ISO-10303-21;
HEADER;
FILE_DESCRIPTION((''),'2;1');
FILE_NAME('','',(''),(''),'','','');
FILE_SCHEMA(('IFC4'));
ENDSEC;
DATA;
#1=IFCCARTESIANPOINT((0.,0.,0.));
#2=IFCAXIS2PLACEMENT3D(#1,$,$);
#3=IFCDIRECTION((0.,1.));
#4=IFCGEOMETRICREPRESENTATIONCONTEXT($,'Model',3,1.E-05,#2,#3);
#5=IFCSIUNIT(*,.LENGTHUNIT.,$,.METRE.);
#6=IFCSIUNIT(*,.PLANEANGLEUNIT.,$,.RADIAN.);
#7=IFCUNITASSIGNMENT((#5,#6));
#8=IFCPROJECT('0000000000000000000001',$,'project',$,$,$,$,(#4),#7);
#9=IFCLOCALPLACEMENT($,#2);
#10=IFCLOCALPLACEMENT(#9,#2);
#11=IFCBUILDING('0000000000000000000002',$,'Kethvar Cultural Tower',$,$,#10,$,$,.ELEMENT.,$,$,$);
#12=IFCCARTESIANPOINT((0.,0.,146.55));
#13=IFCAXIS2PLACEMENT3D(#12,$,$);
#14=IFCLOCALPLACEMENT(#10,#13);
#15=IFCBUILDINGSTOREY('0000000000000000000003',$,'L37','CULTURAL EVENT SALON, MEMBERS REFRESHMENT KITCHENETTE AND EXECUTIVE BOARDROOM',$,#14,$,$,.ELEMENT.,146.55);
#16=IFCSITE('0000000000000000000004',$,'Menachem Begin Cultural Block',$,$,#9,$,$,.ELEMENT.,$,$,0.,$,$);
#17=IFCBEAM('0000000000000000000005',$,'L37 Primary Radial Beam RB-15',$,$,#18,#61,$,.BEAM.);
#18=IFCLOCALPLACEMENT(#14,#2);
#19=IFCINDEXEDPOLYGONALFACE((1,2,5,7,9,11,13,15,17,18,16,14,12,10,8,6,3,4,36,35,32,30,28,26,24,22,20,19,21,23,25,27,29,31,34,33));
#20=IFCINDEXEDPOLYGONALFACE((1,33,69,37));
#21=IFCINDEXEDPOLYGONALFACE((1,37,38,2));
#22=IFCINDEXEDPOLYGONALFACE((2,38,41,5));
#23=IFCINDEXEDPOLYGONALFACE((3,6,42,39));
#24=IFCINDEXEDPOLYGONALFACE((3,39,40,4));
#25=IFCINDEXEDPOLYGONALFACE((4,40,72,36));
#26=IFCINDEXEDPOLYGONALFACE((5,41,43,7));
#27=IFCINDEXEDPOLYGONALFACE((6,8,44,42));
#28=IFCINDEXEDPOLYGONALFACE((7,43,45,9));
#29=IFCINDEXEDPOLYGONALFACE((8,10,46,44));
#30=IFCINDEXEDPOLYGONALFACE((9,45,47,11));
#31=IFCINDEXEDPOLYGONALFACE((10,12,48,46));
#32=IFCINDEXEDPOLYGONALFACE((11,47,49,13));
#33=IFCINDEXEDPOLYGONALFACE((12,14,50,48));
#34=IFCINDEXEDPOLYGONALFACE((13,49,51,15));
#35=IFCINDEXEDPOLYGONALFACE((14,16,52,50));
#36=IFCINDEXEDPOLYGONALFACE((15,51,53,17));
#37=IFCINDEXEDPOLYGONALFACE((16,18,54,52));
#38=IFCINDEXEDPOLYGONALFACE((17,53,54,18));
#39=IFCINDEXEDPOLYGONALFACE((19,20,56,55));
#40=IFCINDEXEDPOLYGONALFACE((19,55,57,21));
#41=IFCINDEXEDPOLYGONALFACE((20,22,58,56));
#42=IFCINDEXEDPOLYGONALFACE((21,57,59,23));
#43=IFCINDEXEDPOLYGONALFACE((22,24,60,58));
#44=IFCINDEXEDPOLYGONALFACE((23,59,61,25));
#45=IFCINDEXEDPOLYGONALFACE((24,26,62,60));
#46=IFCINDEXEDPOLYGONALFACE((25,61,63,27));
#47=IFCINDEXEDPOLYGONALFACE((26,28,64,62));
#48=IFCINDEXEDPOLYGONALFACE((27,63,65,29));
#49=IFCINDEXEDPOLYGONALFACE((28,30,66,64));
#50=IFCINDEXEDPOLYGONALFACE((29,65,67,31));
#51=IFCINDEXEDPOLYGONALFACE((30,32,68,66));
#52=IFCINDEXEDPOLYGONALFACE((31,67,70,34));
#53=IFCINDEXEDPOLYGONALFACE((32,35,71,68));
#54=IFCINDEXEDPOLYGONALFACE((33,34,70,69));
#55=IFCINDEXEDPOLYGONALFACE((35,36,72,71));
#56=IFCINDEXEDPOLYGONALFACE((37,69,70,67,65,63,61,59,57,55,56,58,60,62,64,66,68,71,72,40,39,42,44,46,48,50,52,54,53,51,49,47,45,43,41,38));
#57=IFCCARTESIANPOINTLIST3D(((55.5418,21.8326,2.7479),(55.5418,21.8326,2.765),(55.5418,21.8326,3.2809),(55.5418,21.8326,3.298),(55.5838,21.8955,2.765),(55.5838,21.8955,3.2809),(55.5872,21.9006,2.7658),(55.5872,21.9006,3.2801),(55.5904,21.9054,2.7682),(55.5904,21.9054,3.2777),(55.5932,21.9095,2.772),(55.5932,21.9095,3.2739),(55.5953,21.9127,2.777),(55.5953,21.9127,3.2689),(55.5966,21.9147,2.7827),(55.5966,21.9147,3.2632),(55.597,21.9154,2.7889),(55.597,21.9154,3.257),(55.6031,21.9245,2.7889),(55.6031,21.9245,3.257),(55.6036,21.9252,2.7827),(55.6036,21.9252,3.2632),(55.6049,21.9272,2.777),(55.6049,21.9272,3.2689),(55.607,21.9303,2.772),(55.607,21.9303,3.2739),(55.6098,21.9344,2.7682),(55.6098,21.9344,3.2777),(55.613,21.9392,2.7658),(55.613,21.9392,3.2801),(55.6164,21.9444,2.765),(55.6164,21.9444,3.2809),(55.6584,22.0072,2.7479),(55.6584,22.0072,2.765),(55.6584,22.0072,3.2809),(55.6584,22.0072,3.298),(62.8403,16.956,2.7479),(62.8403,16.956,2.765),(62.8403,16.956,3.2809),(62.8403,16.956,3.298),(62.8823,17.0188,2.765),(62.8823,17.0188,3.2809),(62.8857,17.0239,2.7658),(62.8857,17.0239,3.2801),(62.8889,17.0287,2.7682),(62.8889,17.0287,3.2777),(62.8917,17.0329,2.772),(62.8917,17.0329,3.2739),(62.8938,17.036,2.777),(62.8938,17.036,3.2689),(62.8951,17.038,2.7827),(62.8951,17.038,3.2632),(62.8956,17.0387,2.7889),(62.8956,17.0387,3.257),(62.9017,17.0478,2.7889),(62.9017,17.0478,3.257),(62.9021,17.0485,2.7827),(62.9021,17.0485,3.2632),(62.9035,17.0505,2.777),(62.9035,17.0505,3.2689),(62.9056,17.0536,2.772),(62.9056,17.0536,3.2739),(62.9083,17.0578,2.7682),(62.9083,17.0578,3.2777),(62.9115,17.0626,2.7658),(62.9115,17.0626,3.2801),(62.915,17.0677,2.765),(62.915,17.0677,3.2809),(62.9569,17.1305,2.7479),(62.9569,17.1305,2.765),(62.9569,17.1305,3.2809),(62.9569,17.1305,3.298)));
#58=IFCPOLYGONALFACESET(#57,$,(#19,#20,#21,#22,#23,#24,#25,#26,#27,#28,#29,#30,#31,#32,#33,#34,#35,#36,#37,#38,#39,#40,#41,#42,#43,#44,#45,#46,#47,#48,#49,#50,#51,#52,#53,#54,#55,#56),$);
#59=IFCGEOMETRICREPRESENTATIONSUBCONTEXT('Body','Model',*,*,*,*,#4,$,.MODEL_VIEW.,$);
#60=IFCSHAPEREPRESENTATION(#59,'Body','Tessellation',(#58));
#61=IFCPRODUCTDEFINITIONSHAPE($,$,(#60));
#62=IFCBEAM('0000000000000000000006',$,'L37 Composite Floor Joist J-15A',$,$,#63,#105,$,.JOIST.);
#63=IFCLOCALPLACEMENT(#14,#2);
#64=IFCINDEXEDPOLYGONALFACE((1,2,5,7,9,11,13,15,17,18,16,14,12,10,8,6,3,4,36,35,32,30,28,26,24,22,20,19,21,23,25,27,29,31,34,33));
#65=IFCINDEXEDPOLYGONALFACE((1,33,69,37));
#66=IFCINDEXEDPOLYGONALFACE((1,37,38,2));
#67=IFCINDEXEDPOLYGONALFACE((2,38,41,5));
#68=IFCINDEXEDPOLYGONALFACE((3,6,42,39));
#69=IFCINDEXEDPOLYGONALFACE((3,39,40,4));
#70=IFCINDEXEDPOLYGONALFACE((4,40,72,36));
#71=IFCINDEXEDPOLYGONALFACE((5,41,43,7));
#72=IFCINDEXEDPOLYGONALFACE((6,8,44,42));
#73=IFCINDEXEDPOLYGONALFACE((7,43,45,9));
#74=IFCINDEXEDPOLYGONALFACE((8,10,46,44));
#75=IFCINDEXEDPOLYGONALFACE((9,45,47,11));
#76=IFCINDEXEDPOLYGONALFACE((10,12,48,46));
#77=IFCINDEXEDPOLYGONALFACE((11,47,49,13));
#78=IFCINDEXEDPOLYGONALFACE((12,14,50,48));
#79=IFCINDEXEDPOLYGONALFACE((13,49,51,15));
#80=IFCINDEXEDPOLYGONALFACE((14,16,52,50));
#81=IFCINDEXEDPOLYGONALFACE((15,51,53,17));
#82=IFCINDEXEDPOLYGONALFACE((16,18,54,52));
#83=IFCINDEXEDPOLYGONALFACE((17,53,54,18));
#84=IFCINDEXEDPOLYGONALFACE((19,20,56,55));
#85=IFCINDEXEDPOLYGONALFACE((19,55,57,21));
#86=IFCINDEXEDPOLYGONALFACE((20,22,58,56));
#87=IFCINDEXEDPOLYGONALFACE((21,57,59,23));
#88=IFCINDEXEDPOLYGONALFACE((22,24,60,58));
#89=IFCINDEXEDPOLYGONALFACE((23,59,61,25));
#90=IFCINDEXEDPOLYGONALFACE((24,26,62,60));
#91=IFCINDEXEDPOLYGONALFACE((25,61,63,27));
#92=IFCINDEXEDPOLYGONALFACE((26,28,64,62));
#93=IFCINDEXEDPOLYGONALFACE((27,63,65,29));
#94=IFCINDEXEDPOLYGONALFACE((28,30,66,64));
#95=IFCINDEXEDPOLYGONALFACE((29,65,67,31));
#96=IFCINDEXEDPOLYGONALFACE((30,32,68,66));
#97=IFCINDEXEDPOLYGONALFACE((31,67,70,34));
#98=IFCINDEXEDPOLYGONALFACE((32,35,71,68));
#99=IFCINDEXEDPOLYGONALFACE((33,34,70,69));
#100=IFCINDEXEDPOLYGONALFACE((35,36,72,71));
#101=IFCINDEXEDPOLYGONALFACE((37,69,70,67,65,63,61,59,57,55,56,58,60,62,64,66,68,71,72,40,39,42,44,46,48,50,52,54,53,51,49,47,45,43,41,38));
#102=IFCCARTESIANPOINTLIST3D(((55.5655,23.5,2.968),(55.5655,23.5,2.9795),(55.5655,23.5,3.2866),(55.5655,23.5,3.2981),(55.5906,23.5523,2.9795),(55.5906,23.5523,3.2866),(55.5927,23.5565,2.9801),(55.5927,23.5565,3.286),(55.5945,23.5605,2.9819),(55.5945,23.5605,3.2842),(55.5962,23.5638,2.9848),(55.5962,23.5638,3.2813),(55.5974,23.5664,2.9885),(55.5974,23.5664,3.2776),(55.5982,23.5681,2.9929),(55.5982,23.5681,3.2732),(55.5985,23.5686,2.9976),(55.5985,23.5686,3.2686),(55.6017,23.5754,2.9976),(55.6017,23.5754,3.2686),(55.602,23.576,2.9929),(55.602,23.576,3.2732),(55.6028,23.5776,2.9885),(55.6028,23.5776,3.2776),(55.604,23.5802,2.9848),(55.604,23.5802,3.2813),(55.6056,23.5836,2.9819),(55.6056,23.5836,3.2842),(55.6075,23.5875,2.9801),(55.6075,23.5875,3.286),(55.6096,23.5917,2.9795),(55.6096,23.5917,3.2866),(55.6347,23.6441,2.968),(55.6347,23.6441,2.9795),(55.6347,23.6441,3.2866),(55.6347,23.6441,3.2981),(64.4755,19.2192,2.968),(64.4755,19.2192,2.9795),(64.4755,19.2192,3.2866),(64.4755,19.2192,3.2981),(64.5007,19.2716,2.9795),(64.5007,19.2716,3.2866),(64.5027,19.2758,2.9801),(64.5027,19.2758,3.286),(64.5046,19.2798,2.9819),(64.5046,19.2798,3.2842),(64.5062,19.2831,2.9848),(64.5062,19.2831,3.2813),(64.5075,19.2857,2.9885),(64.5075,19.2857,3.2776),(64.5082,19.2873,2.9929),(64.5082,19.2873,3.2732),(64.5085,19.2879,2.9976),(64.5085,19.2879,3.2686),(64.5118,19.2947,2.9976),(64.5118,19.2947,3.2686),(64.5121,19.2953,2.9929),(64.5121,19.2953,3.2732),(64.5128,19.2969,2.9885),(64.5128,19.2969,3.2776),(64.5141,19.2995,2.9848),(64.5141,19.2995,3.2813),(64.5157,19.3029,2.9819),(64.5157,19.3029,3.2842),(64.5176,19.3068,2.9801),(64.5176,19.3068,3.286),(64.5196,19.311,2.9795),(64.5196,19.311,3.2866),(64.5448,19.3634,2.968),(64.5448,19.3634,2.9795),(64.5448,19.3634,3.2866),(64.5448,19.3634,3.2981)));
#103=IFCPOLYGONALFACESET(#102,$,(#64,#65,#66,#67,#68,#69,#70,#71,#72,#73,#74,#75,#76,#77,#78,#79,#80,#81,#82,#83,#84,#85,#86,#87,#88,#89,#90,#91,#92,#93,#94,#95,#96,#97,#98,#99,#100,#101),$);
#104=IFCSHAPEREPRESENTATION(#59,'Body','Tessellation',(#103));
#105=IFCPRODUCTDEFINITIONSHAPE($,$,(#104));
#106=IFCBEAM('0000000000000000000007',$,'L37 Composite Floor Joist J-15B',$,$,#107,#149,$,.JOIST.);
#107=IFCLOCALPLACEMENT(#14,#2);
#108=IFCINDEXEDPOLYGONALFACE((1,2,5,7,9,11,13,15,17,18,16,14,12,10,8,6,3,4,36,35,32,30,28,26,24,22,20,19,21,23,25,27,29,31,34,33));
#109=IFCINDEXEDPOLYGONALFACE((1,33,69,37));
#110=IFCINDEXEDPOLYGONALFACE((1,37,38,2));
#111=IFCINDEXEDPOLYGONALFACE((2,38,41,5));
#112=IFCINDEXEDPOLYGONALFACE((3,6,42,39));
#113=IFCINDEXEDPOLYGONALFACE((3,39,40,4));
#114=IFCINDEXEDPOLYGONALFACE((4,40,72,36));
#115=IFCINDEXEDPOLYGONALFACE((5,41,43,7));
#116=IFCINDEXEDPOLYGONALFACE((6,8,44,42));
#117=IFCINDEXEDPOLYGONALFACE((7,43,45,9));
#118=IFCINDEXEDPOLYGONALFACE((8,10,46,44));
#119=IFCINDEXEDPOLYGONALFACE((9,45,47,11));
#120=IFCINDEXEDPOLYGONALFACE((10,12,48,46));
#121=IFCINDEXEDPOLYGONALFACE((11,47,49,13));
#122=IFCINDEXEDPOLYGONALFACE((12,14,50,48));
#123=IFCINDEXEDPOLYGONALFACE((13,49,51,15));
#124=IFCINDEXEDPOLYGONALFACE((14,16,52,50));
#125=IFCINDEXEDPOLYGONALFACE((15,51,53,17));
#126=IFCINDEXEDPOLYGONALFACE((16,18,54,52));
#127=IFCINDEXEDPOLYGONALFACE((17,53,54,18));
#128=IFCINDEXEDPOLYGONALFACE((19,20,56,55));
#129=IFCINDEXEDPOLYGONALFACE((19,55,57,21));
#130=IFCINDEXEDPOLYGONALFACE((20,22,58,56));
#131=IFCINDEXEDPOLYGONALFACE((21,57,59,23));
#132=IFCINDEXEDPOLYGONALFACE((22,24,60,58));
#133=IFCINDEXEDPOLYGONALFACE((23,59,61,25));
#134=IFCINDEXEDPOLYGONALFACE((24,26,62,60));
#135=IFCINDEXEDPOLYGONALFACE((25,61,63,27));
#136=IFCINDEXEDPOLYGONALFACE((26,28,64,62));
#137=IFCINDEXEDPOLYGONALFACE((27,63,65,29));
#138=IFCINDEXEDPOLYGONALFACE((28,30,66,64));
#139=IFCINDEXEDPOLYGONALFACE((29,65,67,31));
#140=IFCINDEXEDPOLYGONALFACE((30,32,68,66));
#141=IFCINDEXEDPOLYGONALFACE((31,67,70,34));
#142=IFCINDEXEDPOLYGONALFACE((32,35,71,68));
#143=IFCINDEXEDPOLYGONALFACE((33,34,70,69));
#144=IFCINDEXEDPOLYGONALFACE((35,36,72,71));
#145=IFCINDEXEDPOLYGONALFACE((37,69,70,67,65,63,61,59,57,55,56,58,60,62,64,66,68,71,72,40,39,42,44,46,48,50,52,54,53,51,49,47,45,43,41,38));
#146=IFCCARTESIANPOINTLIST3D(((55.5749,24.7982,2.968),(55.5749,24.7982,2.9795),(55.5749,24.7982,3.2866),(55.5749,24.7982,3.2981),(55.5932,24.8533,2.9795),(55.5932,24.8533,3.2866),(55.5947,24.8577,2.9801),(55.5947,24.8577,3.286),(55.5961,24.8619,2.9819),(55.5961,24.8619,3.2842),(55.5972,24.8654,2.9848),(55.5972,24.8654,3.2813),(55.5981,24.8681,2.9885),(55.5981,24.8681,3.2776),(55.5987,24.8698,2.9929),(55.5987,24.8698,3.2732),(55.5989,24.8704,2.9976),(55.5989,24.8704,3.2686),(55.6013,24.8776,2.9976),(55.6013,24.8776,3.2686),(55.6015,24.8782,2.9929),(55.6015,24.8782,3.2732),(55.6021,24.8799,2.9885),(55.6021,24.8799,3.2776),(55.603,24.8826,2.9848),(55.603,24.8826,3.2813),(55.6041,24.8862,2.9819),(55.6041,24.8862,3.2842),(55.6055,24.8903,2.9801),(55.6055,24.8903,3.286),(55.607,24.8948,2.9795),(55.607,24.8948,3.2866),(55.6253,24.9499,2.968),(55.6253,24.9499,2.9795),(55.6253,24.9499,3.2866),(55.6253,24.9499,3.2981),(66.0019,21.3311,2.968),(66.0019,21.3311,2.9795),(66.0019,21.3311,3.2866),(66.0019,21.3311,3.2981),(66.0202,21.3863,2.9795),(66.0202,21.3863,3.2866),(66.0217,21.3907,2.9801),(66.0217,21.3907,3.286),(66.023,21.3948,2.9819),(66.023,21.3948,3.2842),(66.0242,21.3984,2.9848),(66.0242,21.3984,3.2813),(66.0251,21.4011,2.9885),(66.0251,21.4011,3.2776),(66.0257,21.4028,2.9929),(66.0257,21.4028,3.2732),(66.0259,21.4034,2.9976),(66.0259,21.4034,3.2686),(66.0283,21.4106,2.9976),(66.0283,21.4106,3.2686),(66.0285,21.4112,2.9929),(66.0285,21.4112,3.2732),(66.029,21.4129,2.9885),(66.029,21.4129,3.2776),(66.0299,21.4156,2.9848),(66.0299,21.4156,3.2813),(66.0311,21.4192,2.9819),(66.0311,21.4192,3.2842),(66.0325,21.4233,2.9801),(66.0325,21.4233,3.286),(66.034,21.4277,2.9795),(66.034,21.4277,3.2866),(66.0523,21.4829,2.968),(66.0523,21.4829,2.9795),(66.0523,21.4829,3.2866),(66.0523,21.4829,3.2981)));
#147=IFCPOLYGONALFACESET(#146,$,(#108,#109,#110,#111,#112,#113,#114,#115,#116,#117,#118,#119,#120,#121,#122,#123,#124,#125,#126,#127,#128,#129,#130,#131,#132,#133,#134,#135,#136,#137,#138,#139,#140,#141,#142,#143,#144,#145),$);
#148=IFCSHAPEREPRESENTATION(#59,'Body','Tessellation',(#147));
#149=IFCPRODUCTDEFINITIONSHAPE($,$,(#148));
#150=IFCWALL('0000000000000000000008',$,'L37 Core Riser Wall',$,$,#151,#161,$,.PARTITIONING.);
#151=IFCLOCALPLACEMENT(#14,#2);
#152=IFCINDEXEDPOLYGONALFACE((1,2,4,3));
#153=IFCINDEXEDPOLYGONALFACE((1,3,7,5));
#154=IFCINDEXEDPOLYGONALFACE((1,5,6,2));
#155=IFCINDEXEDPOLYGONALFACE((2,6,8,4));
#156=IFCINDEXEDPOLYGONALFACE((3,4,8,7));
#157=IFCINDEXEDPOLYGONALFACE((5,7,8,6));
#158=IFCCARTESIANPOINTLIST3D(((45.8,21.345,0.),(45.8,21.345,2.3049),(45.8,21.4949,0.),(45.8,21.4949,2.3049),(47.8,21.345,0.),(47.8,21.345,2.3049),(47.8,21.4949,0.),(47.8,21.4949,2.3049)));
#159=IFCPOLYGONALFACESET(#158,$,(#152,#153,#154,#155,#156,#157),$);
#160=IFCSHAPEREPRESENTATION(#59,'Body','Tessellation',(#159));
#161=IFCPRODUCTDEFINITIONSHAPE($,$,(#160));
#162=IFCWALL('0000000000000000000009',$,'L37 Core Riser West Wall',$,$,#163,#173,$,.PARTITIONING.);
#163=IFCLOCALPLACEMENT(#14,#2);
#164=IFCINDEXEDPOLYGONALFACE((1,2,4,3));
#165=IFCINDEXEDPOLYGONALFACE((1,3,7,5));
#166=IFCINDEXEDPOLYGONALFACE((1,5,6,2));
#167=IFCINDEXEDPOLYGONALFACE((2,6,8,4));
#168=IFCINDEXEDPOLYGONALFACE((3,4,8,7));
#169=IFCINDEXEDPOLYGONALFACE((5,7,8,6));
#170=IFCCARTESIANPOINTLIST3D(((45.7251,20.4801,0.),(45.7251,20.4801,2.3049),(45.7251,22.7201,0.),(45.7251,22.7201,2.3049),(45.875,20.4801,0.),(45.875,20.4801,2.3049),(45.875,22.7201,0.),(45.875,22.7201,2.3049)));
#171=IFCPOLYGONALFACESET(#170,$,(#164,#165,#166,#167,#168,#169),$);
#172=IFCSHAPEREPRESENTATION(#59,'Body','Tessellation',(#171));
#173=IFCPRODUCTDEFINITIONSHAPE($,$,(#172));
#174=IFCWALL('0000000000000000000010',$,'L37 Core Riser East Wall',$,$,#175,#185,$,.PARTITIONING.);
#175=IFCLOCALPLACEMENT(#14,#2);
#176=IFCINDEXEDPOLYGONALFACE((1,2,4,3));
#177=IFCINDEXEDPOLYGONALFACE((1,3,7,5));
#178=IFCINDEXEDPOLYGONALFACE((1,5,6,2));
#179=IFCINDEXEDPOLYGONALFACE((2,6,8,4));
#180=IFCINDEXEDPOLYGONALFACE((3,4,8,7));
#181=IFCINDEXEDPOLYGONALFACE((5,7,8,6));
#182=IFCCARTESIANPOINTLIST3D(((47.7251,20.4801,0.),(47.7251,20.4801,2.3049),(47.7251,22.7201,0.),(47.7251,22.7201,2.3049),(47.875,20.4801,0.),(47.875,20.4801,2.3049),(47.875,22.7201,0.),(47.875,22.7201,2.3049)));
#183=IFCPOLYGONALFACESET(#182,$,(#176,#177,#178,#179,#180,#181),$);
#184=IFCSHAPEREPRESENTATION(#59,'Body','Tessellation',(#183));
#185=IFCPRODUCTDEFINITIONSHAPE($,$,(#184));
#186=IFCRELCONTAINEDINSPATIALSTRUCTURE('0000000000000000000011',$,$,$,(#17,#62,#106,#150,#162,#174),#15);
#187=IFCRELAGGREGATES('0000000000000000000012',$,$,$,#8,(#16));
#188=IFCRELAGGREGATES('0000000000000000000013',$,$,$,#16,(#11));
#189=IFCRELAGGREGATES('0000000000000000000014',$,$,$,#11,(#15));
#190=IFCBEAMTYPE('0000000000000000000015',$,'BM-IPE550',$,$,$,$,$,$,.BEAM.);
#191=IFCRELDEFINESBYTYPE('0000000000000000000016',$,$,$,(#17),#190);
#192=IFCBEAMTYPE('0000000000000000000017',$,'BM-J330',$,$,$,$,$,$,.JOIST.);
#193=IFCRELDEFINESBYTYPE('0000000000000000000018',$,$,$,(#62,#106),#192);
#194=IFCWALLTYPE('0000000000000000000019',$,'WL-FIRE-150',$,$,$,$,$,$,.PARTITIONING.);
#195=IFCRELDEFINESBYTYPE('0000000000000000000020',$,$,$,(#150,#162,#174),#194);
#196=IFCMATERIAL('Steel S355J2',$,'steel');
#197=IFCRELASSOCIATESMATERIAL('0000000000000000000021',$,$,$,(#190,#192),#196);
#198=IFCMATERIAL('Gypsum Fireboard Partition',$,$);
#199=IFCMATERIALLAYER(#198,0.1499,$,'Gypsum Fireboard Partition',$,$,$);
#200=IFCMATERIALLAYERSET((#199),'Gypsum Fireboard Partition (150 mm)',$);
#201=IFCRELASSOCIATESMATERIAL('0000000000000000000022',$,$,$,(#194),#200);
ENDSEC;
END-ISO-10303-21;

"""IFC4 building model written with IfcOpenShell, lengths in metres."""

from ifc_helpers import new_model, si_unit, direction, frame, frame_2d, origin, origin_2d, place, context, subcontext, project, spatial, rectangle, i_section, extrude, source, transform, mapped, material, layer, layer_set, material_profile, profile_set, type_object, element, save


model = new_model("IFC4")

# Units and contexts
model_context = context("Model", 3, precision=1e-05, world=origin(), true_north=direction((0.0, 1.0)))
body_context = subcontext(model_context, "Body", "Model", "MODEL_VIEW")
ifc_project = project(units=[si_unit("LENGTHUNIT", "METRE"), si_unit("PLANEANGLEUNIT", "RADIAN")], contexts=[model_context])

# Site, building, storey
site_placement = place(None, origin())
site = spatial("IfcSite", under=ifc_project, at=site_placement, Name="Menachem Begin Cultural Block", CompositionType="ELEMENT", RefElevation=0.0)
building_placement = place(site_placement, origin())
building = spatial("IfcBuilding", under=site, at=building_placement, Name="Kethvar Cultural Tower", CompositionType="ELEMENT")
storey_placement = place(building_placement, frame((0.0, 0.0, 146.55)))
storey = spatial("IfcBuildingStorey", under=building, at=storey_placement, Name="L37", Description="CULTURAL EVENT SALON, MEMBERS REFRESHMENT KITCHENETTE AND EXECUTIVE BOARDROOM", CompositionType="ELEMENT", Elevation=146.55)

# Beams
ifc_material_1 = material(Name="Steel S355J2", Category="steel")
ifc_material_profile_1 = material_profile(ifc_material_1, i_section(OverallWidth=0.21, OverallDepth=0.55, WebThickness=0.011, FlangeThickness=0.0171, FilletRadius=0.0239, at=origin_2d()), Name="Steel S355J2 — IPE550")
ifc_profile_set_1 = profile_set([ifc_material_profile_1], Name="Steel S355J2 — IPE550")
beam_type_1 = type_object("IfcBeamType", Name="BM-IPE550", PredefinedType="BEAM", material=ifc_profile_set_1)
shared_shape_1 = source(origin(), body_context, "Body", "SweptSolid", [
    extrude(i_section(OverallWidth=0.21, OverallDepth=0.55, WebThickness=0.011, FlangeThickness=0.0171, FilletRadius=0.0239, at=origin_2d()), origin(), (0.0, 0.0, 1.0), 8.7778),
])
beam_1_placement = place(storey_placement, frame((55.6001, 21.9199, 3.0229), z_axis=(0.831472, -0.555566, 0.0), x_axis=(0.555566, 0.831472, 0.0)))
element("IfcBeam", 1, at=beam_1_placement, inside=storey, type_object=beam_type_1, Name="L37 Primary Radial Beam RB-15", PredefinedType="BEAM", context=body_context, shape_type="MappedRepresentation", body=[
    mapped(shared_shape_1, transform((0.0, 0.0, 0.0), scale=1.0)),
])
ifc_material_profile_2 = material_profile(ifc_material_1, i_section(OverallWidth=0.1599, OverallDepth=0.3301, WebThickness=0.0076, FlangeThickness=0.0115, FilletRadius=0.0181, at=origin_2d()), Name="Steel S355J2 — IPE330")
ifc_profile_set_2 = profile_set([ifc_material_profile_2], Name="Steel S355J2 — IPE330")
beam_type_2 = type_object("IfcBeamType", Name="BM-J330", PredefinedType="JOIST", material=ifc_profile_set_2)
shared_shape_2 = source(origin(), body_context, "Body", "SweptSolid", [
    extrude(i_section(OverallWidth=0.1599, OverallDepth=0.3301, WebThickness=0.0076, FlangeThickness=0.0115, FilletRadius=0.0181, at=origin_2d()), origin(), (0.0, 0.0, 1.0), 9.885),
])
beam_2_placement = place(storey_placement, frame((55.6001, 23.572, 3.1331), z_axis=(0.90137, -0.433051, 0.0), x_axis=(0.433051, 0.90137, 0.0)))
element("IfcBeam", 2, at=beam_2_placement, inside=storey, type_object=beam_type_2, Name="L37 Composite Floor Joist J-15A", PredefinedType="JOIST", context=body_context, shape_type="MappedRepresentation", body=[
    mapped(shared_shape_2, transform((0.0, 0.0, 0.0), scale=1.0)),
])
shared_shape_3 = source(origin(), body_context, "Body", "SweptSolid", [
    extrude(i_section(OverallWidth=0.1599, OverallDepth=0.3301, WebThickness=0.0076, FlangeThickness=0.0115, FilletRadius=0.0181, at=origin_2d()), origin(), (0.0, 0.0, 1.0), 10.9883),
])
beam_3_placement = place(storey_placement, frame((55.6001, 24.874, 3.1331), z_axis=(0.948919, -0.315521, 0.0), x_axis=(0.315521, 0.948919, 0.0)))
element("IfcBeam", 3, at=beam_3_placement, inside=storey, type_object=beam_type_2, Name="L37 Composite Floor Joist J-15B", PredefinedType="JOIST", context=body_context, shape_type="MappedRepresentation", body=[
    mapped(shared_shape_3, transform((0.0, 0.0, 0.0), scale=1.0)),
])

# Walls
ifc_material_2 = material(Name="Gypsum Fireboard Partition")
ifc_layer_1 = layer(ifc_material_2, 0.1499, Name="Gypsum Fireboard Partition")
ifc_layer_set_1 = layer_set([ifc_layer_1], Name="Gypsum Fireboard Partition (150 mm)")
wall_type_1 = type_object("IfcWallType", Name="WL-FIRE-150", PredefinedType="PARTITIONING", material=ifc_layer_set_1)
wall_1_placement = place(storey_placement, frame((45.8, 21.4199, 0.0), z_axis=(0.0, 0.0, 1.0), x_axis=(1.0, 0.0, 0.0)))
element("IfcWall", 4, at=wall_1_placement, inside=storey, type_object=wall_type_1, Name="L37 Core Riser Wall", PredefinedType="PARTITIONING", context=body_context, shape_type="SweptSolid", body=[
    extrude(rectangle(XDim=2.0, YDim=0.1499, at=frame_2d((1.0, 0.0))), origin(), (0.0, 0.0, 1.0), 2.3049),
])
for number, where, z_axis, x_axis, name in (
    (5, (45.8, 20.48, 0.0), (0.0, 0.0, 1.0), (0.0, 1.0, 0.0), "L37 Core Riser West Wall"),
    (6, (47.8, 20.48, 0.0), (0.0, 0.0, 1.0), (0.0, 1.0, 0.0), "L37 Core Riser East Wall"),
):
    element("IfcWall", number, at=place(storey_placement, frame(where, z_axis=z_axis, x_axis=x_axis)), inside=storey, type_object=wall_type_1, Name=name, PredefinedType="PARTITIONING", context=body_context, shape_type="SweptSolid", body=[
        extrude(rectangle(XDim=2.24, YDim=0.1499, at=frame_2d((1.1201, 0.0))), origin(), (0.0, 0.0, 1.0), 2.3049),
    ])

save(model, "model.ifc")
